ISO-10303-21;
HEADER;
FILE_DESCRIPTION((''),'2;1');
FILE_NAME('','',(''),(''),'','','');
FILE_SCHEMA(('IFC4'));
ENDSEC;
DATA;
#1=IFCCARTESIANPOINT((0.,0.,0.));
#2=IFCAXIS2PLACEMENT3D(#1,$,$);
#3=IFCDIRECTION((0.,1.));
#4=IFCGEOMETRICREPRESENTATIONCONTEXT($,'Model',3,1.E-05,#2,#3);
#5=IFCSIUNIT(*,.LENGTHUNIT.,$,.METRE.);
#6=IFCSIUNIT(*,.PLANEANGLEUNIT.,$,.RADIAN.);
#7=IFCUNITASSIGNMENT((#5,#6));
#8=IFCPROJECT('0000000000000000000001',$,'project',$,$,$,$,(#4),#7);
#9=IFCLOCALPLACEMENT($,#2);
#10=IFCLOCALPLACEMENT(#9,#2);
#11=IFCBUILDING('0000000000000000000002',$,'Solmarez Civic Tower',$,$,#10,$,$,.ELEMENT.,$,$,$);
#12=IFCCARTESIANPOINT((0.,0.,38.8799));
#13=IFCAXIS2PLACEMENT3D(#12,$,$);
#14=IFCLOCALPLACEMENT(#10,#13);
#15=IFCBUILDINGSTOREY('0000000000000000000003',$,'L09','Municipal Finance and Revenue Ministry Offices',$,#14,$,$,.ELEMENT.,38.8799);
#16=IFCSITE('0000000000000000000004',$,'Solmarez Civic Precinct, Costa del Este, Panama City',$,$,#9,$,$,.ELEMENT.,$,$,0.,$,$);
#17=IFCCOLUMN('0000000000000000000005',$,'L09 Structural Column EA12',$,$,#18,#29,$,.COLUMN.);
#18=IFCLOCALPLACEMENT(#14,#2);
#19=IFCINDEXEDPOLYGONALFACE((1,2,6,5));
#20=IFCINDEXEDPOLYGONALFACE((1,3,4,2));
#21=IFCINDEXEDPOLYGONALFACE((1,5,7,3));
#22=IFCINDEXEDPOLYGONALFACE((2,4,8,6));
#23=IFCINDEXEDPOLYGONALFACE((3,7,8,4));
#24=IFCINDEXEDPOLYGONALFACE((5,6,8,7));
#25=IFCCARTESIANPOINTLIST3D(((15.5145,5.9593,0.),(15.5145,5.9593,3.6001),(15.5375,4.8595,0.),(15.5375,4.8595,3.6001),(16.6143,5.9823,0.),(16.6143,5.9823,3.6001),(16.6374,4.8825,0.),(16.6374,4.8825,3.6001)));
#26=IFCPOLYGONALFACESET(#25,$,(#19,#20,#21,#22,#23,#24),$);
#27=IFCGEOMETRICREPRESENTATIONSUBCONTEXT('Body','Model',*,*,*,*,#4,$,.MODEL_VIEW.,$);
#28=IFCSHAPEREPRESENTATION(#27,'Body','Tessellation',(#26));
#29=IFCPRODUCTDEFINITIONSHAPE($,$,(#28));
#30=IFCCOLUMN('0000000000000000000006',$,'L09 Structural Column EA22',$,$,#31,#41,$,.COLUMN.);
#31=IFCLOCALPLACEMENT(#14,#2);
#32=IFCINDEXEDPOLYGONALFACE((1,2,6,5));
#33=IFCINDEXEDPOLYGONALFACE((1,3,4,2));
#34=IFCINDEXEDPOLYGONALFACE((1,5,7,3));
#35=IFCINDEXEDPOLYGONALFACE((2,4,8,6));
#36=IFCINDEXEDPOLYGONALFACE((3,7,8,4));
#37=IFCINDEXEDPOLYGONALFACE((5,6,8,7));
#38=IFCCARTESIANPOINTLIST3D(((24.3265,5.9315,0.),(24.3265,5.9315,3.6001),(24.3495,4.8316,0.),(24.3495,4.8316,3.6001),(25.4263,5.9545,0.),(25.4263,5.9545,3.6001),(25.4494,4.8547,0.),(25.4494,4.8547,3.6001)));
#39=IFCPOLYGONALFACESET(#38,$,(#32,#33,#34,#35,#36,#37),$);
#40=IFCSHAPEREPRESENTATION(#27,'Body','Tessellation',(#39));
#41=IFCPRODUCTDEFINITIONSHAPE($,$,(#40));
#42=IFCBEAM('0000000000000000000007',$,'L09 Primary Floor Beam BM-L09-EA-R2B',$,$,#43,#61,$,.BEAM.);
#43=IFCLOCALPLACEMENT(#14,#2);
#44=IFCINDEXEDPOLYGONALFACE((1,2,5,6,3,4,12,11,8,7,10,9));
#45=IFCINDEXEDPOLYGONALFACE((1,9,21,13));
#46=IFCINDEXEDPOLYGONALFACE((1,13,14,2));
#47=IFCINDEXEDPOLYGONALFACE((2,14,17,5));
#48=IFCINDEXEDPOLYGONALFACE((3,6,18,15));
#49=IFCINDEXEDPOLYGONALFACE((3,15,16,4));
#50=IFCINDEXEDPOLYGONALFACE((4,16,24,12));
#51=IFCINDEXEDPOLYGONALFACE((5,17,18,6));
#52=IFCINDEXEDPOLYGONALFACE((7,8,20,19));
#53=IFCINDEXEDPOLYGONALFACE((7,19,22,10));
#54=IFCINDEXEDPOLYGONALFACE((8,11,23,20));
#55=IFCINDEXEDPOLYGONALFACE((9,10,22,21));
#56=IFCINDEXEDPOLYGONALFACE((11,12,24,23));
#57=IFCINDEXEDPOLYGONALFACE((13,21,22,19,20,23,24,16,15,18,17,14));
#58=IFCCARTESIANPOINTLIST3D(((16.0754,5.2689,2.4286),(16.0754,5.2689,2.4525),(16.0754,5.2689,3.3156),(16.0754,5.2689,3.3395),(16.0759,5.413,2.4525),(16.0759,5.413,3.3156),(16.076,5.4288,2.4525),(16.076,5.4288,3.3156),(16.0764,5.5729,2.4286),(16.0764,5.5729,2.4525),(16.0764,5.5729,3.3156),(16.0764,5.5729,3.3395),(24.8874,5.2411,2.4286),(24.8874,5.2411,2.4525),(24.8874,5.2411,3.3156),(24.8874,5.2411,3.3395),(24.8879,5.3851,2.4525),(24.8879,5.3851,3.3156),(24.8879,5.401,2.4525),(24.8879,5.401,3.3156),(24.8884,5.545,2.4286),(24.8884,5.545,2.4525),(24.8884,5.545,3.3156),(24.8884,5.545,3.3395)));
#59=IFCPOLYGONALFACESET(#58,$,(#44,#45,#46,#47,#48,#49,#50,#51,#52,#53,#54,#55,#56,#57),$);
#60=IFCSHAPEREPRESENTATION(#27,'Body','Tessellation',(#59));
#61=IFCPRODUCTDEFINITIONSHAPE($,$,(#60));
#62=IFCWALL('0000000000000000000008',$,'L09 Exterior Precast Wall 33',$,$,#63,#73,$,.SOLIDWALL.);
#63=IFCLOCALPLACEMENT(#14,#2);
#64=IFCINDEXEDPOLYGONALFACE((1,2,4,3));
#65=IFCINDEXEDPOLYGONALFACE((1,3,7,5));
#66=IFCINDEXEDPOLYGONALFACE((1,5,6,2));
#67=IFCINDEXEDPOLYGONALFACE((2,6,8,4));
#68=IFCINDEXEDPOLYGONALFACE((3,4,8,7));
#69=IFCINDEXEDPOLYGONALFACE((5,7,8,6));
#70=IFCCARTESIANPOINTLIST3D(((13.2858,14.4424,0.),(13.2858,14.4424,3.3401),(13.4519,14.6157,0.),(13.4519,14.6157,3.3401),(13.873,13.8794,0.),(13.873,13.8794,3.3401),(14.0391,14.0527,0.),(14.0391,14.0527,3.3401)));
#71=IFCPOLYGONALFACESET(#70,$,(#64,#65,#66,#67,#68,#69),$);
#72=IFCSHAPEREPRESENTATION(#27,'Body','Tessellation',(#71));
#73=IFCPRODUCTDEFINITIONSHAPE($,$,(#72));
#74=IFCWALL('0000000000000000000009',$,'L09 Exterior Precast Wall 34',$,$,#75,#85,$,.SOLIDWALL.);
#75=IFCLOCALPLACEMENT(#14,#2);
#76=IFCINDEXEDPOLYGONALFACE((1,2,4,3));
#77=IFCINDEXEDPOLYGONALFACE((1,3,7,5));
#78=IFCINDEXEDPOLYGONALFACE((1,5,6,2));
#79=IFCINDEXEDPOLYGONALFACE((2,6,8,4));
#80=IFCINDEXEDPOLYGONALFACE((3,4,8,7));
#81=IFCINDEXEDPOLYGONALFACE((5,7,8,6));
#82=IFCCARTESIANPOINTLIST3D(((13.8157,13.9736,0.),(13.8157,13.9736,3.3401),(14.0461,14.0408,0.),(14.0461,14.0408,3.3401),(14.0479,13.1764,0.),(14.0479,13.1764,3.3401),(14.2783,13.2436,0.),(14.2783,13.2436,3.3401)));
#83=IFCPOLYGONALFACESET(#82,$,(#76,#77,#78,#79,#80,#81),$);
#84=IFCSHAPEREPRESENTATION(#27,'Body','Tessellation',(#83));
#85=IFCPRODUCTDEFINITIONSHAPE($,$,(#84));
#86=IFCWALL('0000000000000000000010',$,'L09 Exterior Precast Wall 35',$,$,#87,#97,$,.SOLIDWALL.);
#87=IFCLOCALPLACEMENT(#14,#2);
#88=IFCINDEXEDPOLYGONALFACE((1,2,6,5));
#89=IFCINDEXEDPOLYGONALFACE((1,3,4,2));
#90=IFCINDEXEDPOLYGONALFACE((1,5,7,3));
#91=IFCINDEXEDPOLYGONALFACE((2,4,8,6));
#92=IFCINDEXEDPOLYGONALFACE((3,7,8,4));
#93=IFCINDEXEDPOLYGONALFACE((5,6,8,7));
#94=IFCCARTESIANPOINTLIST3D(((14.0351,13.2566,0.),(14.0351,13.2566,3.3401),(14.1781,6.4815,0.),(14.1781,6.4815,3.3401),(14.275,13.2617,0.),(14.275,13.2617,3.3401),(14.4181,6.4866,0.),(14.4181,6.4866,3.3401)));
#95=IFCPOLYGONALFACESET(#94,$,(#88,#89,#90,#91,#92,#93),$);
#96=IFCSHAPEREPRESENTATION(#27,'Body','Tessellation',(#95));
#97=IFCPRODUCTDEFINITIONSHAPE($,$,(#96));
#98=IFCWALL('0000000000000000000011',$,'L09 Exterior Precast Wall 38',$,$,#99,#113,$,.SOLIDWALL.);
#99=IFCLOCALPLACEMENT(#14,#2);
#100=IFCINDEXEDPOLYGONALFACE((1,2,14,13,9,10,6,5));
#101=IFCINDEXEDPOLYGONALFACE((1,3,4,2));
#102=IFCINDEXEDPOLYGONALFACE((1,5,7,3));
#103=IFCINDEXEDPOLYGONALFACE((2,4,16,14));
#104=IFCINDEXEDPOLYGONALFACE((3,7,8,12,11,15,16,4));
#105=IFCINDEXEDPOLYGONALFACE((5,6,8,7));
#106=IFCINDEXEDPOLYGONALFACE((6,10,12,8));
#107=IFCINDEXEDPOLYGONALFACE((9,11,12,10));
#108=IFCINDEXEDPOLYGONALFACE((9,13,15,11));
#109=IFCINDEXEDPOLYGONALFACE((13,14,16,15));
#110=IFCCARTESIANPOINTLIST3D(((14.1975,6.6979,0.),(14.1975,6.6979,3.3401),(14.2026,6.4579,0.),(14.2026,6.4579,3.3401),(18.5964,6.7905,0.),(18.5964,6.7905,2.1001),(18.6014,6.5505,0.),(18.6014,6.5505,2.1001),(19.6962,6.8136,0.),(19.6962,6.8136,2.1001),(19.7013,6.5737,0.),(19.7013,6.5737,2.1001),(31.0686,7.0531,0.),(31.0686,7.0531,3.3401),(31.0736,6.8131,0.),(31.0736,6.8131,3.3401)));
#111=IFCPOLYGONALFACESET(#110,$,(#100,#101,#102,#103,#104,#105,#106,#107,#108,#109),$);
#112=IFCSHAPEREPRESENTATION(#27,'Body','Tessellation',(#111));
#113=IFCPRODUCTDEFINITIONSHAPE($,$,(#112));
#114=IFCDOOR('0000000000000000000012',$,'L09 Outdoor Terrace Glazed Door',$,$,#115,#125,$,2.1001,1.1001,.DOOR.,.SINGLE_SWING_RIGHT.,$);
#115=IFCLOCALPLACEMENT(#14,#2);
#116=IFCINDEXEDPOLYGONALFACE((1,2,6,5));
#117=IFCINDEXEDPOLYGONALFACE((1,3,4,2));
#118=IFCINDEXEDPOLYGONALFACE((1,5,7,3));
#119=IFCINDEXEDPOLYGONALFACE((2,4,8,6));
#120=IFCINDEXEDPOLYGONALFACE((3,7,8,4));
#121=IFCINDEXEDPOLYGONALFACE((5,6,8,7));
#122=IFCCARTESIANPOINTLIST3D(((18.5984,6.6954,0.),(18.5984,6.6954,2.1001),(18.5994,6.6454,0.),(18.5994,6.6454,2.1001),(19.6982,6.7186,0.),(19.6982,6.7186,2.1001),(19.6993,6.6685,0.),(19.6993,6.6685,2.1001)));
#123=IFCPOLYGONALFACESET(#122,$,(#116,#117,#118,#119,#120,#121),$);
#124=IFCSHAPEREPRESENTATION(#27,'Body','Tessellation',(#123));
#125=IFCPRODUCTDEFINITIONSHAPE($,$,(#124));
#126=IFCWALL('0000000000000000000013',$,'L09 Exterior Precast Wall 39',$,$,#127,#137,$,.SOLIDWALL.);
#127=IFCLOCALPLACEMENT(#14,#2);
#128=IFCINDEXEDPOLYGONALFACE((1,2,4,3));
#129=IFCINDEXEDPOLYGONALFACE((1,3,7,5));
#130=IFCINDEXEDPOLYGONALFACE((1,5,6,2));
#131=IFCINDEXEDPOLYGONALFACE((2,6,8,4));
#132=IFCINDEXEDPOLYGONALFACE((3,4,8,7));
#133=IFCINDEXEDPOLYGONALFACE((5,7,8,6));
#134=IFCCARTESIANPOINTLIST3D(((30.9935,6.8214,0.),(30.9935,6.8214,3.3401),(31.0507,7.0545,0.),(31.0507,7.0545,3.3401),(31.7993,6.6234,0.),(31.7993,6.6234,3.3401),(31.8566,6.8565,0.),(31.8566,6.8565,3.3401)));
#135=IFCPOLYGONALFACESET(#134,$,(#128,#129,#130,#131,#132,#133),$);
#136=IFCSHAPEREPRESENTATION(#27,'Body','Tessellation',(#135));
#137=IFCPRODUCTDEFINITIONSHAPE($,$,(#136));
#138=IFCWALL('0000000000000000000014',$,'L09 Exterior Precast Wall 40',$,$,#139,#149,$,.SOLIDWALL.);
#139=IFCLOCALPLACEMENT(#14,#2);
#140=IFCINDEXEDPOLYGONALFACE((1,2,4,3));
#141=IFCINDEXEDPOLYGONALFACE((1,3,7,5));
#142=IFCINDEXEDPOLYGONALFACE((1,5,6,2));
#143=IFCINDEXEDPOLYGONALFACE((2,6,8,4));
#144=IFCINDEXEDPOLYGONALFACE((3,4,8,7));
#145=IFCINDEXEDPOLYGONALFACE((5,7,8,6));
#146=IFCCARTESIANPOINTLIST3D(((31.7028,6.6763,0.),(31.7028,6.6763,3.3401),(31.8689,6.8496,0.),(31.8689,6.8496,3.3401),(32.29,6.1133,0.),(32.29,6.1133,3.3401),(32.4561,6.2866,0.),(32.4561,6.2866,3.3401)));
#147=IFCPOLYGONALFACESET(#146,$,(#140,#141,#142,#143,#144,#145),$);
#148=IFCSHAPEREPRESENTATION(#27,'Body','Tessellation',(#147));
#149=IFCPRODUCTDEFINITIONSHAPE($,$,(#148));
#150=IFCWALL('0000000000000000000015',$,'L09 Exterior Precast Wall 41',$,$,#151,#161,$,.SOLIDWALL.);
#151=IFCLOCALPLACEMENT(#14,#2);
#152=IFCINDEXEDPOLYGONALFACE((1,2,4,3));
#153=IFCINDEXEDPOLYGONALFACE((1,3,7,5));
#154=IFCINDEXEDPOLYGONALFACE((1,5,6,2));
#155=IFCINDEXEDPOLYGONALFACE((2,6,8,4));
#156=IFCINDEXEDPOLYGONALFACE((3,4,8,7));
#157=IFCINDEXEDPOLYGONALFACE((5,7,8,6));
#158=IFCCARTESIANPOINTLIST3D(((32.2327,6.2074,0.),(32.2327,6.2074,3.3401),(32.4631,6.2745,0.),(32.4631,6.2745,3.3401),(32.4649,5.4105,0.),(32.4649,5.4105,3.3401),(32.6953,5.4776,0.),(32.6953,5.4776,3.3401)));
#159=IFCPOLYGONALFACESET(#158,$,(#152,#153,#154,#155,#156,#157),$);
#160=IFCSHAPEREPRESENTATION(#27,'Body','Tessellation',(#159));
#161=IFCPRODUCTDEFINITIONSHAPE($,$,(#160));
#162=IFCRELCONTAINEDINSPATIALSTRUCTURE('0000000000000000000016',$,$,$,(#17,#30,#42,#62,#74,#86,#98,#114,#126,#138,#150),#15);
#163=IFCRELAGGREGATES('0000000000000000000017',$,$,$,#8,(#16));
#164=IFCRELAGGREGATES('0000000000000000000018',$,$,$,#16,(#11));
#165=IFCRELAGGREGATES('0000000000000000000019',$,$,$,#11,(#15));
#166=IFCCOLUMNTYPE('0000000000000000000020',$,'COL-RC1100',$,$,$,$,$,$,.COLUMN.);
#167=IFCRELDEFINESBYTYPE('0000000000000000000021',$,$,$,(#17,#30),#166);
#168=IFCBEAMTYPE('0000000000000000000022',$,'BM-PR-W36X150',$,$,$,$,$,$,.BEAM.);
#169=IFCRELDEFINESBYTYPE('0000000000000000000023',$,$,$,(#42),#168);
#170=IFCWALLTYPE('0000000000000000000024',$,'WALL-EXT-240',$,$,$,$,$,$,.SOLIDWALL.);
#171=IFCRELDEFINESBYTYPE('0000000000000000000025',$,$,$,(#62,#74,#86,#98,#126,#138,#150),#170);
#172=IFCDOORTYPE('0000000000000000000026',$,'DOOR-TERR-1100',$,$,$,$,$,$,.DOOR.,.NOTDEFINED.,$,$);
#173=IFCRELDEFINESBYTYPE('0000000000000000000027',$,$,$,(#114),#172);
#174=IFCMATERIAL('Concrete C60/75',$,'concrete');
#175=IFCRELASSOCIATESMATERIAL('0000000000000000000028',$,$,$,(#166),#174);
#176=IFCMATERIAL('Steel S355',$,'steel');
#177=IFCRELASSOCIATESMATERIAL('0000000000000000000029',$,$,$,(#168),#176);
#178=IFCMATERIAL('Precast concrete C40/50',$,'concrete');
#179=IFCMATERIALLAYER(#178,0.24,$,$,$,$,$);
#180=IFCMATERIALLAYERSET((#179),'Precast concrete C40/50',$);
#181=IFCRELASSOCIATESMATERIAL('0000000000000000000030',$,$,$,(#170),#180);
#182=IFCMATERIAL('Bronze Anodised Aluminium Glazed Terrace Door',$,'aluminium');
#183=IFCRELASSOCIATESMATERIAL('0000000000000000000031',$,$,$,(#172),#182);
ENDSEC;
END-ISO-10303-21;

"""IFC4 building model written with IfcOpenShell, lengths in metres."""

from ifc_helpers import new_model, si_unit, direction, frame, frame_2d, origin, origin_2d, place, context, subcontext, project, spatial, rectangle, i_section, extrude, material, layer, layer_set, material_profile, profile_set, type_object, element, fill, save


model = new_model("IFC4")

# Units and contexts
model_context = context("Model", 3, precision=1e-05, world=origin(), true_north=direction((0.0, 1.0)))
body_context = subcontext(model_context, "Body", "Model", "MODEL_VIEW")
ifc_project = project(units=[si_unit("LENGTHUNIT", "METRE"), si_unit("PLANEANGLEUNIT", "RADIAN")], contexts=[model_context])

# Site, building, storey
site_placement = place(None, origin())
site = spatial("IfcSite", under=ifc_project, at=site_placement, Name="Solmarez Civic Precinct, Costa del Este, Panama City", CompositionType="ELEMENT", RefElevation=0.0)
building_placement = place(site_placement, origin())
building = spatial("IfcBuilding", under=site, at=building_placement, Name="Solmarez Civic Tower", CompositionType="ELEMENT")
storey_placement = place(building_placement, frame((0.0, 0.0, 38.8799)))
storey = spatial("IfcBuildingStorey", under=building, at=storey_placement, Name="L09", Description="Municipal Finance and Revenue Ministry Offices", CompositionType="ELEMENT", Elevation=38.8799)

# Columns
ifc_material_1 = material(Name="Concrete C60/75", Category="concrete")
ifc_material_profile_1 = material_profile(ifc_material_1, rectangle(XDim=1.1001, YDim=1.1001, at=origin_2d()), Name="RC1100X1100")
ifc_profile_set_1 = profile_set([ifc_material_profile_1], Name="Concrete C60/75")
column_type = type_object("IfcColumnType", Name="COL-RC1100", PredefinedType="COLUMN", material=ifc_profile_set_1)
for number, where, z_axis, x_axis, name in (
    (1, (16.0759, 5.4209, 0.0), (0.0, 0.0, 1.0), (0.999781, 0.020942, 0.0), "L09 Structural Column EA12"),
    (2, (24.8879, 5.3931, 0.0), (0.0, 0.0, 1.0), (0.999781, 0.020942, 0.0), "L09 Structural Column EA22"),
):
    element("IfcColumn", number, at=place(storey_placement, frame(where, z_axis=z_axis, x_axis=x_axis)), inside=storey, type_object=column_type, Name=name, PredefinedType="COLUMN", context=body_context, shape_type="SweptSolid", body=[
        extrude(rectangle(XDim=1.1001, YDim=1.1001, at=origin_2d()), origin(), (0.0, 0.0, 1.0), 3.6001),
    ])

# Beam
ifc_material_2 = material(Name="Steel S355", Category="steel")
ifc_material_profile_2 = material_profile(ifc_material_2, i_section(OverallWidth=0.304, OverallDepth=0.9109, WebThickness=0.0159, FlangeThickness=0.0239, at=origin_2d()), Name="W36X150")
ifc_profile_set_2 = profile_set([ifc_material_profile_2], Name="Steel S355")
beam_type = type_object("IfcBeamType", Name="BM-PR-W36X150", PredefinedType="BEAM", material=ifc_profile_set_2)
beam_placement = place(storey_placement, frame((16.0759, 5.4209, 2.884), z_axis=(0.999995, -0.003158, 0.0), x_axis=(0.003158, 0.999995, 0.0)))
element("IfcBeam", 3, at=beam_placement, inside=storey, type_object=beam_type, Name="L09 Primary Floor Beam BM-L09-EA-R2B", PredefinedType="BEAM", context=body_context, shape_type="SweptSolid", body=[
    extrude(i_section(OverallWidth=0.304, OverallDepth=0.9109, WebThickness=0.0159, FlangeThickness=0.0239, at=origin_2d()), origin(), (0.0, 0.0, 1.0), 8.812),
])

# Walls
ifc_material_3 = material(Name="Precast concrete C40/50", Category="concrete")
ifc_layer_1 = layer(ifc_material_3, 0.24)
ifc_layer_set_1 = layer_set([ifc_layer_1], Name="Precast concrete C40/50")
wall_type_1 = type_object("IfcWallType", Name="WALL-EXT-240", PredefinedType="SOLIDWALL", material=ifc_layer_set_1)
wall_1_placement = place(storey_placement, frame((13.3689, 14.5291, 0.0), z_axis=(0.0, 0.0, 1.0), x_axis=(0.721807, -0.692094, 0.0)))
element("IfcWall", 4, at=wall_1_placement, inside=storey, type_object=wall_type_1, Name="L09 Exterior Precast Wall 33", PredefinedType="SOLIDWALL", context=body_context, shape_type="SweptSolid", body=[
    extrude(rectangle(XDim=0.8135, YDim=0.24, at=frame_2d((0.4067, 0.0))), origin(), (0.0, 0.0, 1.0), 3.3401),
])
wall_2_placement = place(storey_placement, frame((13.9309, 14.0071, 0.0), z_axis=(0.0, 0.0, 1.0), x_axis=(0.27965, -0.960102, 0.0)))
element("IfcWall", 5, at=wall_2_placement, inside=storey, type_object=wall_type_1, Name="L09 Exterior Precast Wall 34", PredefinedType="SOLIDWALL", context=body_context, shape_type="SweptSolid", body=[
    extrude(rectangle(XDim=0.8303, YDim=0.24, at=frame_2d((0.415, 0.0))), origin(), (0.0, 0.0, 1.0), 3.3401),
])
wall_3_placement = place(storey_placement, frame((14.155, 13.259, 0.0), z_axis=(0.0, 0.0, 1.0), x_axis=(0.021112, -0.999777, 0.0)))
element("IfcWall", 6, at=wall_3_placement, inside=storey, type_object=wall_type_1, Name="L09 Exterior Precast Wall 35", PredefinedType="SOLIDWALL", context=body_context, shape_type="SweptSolid", body=[
    extrude(rectangle(XDim=6.7766, YDim=0.24, at=frame_2d((3.3882, 0.0))), origin(), (0.0, 0.0, 1.0), 3.3401),
])

# Wall, opening, door
wall_4_placement = place(storey_placement, frame((14.2, 6.5779, 0.0), z_axis=(0.0, 0.0, 1.0), x_axis=(0.999778, 0.021051, 0.0)))
wall_4 = element("IfcWall", 7, at=wall_4_placement, inside=storey, type_object=wall_type_1, Name="L09 Exterior Precast Wall 38", PredefinedType="SOLIDWALL", context=body_context, shape_type="SweptSolid", body=[
    extrude(rectangle(XDim=16.8748, YDim=0.24, at=frame_2d((8.4375, 0.0))), origin(), (0.0, 0.0, 1.0), 3.3401),
])
opening_1_placement = place(wall_4_placement, frame((4.3999, 0.0, 0.0)))
opening_1 = element("IfcOpeningElement", 8, at=opening_1_placement, cuts=wall_4, PredefinedType="OPENING", context=body_context, shape_type="SweptSolid", body=[
    extrude(rectangle(XDim=1.1001, YDim=2.1001, at=frame_2d((0.55, 1.05))), frame((0.0, 0.1299, 0.0), z_axis=(0.0, -1.0, 0.0), x_axis=(1.0, 0.0, 0.0)), (0.0, 0.0, 1.0), 0.26),
])
ifc_material_4 = material(Name="Bronze Anodised Aluminium Glazed Terrace Door", Category="aluminium")
door_type_1 = type_object("IfcDoorType", Name="DOOR-TERR-1100", OperationType="NOTDEFINED", PredefinedType="DOOR", material=ifc_material_4)
door_1_placement = place(opening_1_placement, origin())
door_1 = element("IfcDoor", 9, at=door_1_placement, inside=storey, type_object=door_type_1, Name="L09 Outdoor Terrace Glazed Door", OperationType="SINGLE_SWING_RIGHT", OverallHeight=2.1001, OverallWidth=1.1001, PredefinedType="DOOR", context=body_context, shape_type="SweptSolid", body=[
    extrude(rectangle(XDim=1.1001, YDim=2.1001, at=frame_2d((0.55, 1.05))), frame((0.0, 0.0249, 0.0), z_axis=(0.0, -1.0, 0.0), x_axis=(1.0, 0.0, 0.0)), (0.0, 0.0, 1.0), 0.05),
])
fill(opening_1, door_1)

# Walls
wall_5_placement = place(storey_placement, frame((31.022, 6.938, 0.0), z_axis=(0.0, 0.0, 1.0), x_axis=(0.971121, -0.238588, 0.0)))
element("IfcWall", 10, at=wall_5_placement, inside=storey, type_object=wall_type_1, Name="L09 Exterior Precast Wall 39", PredefinedType="SOLIDWALL", context=body_context, shape_type="SweptSolid", body=[
    extrude(rectangle(XDim=0.8298, YDim=0.24, at=frame_2d((0.415, 0.0))), origin(), (0.0, 0.0, 1.0), 3.3401),
])
wall_6_placement = place(storey_placement, frame((31.7859, 6.7629, 0.0), z_axis=(0.0, 0.0, 1.0), x_axis=(0.721807, -0.692094, 0.0)))
element("IfcWall", 11, at=wall_6_placement, inside=storey, type_object=wall_type_1, Name="L09 Exterior Precast Wall 40", PredefinedType="SOLIDWALL", context=body_context, shape_type="SweptSolid", body=[
    extrude(rectangle(XDim=0.8135, YDim=0.24, at=frame_2d((0.4067, 0.0))), origin(), (0.0, 0.0, 1.0), 3.3401),
])
wall_7_placement = place(storey_placement, frame((32.3479, 6.241, 0.0), z_axis=(0.0, 0.0, 1.0), x_axis=(0.279729, -0.960079, 0.0)))
element("IfcWall", 12, at=wall_7_placement, inside=storey, type_object=wall_type_1, Name="L09 Exterior Precast Wall 41", PredefinedType="SOLIDWALL", context=body_context, shape_type="SweptSolid", body=[
    extrude(rectangle(XDim=0.8301, YDim=0.24, at=frame_2d((0.415, 0.0))), origin(), (0.0, 0.0, 1.0), 3.3401),
])

save(model, "model.ifc")
